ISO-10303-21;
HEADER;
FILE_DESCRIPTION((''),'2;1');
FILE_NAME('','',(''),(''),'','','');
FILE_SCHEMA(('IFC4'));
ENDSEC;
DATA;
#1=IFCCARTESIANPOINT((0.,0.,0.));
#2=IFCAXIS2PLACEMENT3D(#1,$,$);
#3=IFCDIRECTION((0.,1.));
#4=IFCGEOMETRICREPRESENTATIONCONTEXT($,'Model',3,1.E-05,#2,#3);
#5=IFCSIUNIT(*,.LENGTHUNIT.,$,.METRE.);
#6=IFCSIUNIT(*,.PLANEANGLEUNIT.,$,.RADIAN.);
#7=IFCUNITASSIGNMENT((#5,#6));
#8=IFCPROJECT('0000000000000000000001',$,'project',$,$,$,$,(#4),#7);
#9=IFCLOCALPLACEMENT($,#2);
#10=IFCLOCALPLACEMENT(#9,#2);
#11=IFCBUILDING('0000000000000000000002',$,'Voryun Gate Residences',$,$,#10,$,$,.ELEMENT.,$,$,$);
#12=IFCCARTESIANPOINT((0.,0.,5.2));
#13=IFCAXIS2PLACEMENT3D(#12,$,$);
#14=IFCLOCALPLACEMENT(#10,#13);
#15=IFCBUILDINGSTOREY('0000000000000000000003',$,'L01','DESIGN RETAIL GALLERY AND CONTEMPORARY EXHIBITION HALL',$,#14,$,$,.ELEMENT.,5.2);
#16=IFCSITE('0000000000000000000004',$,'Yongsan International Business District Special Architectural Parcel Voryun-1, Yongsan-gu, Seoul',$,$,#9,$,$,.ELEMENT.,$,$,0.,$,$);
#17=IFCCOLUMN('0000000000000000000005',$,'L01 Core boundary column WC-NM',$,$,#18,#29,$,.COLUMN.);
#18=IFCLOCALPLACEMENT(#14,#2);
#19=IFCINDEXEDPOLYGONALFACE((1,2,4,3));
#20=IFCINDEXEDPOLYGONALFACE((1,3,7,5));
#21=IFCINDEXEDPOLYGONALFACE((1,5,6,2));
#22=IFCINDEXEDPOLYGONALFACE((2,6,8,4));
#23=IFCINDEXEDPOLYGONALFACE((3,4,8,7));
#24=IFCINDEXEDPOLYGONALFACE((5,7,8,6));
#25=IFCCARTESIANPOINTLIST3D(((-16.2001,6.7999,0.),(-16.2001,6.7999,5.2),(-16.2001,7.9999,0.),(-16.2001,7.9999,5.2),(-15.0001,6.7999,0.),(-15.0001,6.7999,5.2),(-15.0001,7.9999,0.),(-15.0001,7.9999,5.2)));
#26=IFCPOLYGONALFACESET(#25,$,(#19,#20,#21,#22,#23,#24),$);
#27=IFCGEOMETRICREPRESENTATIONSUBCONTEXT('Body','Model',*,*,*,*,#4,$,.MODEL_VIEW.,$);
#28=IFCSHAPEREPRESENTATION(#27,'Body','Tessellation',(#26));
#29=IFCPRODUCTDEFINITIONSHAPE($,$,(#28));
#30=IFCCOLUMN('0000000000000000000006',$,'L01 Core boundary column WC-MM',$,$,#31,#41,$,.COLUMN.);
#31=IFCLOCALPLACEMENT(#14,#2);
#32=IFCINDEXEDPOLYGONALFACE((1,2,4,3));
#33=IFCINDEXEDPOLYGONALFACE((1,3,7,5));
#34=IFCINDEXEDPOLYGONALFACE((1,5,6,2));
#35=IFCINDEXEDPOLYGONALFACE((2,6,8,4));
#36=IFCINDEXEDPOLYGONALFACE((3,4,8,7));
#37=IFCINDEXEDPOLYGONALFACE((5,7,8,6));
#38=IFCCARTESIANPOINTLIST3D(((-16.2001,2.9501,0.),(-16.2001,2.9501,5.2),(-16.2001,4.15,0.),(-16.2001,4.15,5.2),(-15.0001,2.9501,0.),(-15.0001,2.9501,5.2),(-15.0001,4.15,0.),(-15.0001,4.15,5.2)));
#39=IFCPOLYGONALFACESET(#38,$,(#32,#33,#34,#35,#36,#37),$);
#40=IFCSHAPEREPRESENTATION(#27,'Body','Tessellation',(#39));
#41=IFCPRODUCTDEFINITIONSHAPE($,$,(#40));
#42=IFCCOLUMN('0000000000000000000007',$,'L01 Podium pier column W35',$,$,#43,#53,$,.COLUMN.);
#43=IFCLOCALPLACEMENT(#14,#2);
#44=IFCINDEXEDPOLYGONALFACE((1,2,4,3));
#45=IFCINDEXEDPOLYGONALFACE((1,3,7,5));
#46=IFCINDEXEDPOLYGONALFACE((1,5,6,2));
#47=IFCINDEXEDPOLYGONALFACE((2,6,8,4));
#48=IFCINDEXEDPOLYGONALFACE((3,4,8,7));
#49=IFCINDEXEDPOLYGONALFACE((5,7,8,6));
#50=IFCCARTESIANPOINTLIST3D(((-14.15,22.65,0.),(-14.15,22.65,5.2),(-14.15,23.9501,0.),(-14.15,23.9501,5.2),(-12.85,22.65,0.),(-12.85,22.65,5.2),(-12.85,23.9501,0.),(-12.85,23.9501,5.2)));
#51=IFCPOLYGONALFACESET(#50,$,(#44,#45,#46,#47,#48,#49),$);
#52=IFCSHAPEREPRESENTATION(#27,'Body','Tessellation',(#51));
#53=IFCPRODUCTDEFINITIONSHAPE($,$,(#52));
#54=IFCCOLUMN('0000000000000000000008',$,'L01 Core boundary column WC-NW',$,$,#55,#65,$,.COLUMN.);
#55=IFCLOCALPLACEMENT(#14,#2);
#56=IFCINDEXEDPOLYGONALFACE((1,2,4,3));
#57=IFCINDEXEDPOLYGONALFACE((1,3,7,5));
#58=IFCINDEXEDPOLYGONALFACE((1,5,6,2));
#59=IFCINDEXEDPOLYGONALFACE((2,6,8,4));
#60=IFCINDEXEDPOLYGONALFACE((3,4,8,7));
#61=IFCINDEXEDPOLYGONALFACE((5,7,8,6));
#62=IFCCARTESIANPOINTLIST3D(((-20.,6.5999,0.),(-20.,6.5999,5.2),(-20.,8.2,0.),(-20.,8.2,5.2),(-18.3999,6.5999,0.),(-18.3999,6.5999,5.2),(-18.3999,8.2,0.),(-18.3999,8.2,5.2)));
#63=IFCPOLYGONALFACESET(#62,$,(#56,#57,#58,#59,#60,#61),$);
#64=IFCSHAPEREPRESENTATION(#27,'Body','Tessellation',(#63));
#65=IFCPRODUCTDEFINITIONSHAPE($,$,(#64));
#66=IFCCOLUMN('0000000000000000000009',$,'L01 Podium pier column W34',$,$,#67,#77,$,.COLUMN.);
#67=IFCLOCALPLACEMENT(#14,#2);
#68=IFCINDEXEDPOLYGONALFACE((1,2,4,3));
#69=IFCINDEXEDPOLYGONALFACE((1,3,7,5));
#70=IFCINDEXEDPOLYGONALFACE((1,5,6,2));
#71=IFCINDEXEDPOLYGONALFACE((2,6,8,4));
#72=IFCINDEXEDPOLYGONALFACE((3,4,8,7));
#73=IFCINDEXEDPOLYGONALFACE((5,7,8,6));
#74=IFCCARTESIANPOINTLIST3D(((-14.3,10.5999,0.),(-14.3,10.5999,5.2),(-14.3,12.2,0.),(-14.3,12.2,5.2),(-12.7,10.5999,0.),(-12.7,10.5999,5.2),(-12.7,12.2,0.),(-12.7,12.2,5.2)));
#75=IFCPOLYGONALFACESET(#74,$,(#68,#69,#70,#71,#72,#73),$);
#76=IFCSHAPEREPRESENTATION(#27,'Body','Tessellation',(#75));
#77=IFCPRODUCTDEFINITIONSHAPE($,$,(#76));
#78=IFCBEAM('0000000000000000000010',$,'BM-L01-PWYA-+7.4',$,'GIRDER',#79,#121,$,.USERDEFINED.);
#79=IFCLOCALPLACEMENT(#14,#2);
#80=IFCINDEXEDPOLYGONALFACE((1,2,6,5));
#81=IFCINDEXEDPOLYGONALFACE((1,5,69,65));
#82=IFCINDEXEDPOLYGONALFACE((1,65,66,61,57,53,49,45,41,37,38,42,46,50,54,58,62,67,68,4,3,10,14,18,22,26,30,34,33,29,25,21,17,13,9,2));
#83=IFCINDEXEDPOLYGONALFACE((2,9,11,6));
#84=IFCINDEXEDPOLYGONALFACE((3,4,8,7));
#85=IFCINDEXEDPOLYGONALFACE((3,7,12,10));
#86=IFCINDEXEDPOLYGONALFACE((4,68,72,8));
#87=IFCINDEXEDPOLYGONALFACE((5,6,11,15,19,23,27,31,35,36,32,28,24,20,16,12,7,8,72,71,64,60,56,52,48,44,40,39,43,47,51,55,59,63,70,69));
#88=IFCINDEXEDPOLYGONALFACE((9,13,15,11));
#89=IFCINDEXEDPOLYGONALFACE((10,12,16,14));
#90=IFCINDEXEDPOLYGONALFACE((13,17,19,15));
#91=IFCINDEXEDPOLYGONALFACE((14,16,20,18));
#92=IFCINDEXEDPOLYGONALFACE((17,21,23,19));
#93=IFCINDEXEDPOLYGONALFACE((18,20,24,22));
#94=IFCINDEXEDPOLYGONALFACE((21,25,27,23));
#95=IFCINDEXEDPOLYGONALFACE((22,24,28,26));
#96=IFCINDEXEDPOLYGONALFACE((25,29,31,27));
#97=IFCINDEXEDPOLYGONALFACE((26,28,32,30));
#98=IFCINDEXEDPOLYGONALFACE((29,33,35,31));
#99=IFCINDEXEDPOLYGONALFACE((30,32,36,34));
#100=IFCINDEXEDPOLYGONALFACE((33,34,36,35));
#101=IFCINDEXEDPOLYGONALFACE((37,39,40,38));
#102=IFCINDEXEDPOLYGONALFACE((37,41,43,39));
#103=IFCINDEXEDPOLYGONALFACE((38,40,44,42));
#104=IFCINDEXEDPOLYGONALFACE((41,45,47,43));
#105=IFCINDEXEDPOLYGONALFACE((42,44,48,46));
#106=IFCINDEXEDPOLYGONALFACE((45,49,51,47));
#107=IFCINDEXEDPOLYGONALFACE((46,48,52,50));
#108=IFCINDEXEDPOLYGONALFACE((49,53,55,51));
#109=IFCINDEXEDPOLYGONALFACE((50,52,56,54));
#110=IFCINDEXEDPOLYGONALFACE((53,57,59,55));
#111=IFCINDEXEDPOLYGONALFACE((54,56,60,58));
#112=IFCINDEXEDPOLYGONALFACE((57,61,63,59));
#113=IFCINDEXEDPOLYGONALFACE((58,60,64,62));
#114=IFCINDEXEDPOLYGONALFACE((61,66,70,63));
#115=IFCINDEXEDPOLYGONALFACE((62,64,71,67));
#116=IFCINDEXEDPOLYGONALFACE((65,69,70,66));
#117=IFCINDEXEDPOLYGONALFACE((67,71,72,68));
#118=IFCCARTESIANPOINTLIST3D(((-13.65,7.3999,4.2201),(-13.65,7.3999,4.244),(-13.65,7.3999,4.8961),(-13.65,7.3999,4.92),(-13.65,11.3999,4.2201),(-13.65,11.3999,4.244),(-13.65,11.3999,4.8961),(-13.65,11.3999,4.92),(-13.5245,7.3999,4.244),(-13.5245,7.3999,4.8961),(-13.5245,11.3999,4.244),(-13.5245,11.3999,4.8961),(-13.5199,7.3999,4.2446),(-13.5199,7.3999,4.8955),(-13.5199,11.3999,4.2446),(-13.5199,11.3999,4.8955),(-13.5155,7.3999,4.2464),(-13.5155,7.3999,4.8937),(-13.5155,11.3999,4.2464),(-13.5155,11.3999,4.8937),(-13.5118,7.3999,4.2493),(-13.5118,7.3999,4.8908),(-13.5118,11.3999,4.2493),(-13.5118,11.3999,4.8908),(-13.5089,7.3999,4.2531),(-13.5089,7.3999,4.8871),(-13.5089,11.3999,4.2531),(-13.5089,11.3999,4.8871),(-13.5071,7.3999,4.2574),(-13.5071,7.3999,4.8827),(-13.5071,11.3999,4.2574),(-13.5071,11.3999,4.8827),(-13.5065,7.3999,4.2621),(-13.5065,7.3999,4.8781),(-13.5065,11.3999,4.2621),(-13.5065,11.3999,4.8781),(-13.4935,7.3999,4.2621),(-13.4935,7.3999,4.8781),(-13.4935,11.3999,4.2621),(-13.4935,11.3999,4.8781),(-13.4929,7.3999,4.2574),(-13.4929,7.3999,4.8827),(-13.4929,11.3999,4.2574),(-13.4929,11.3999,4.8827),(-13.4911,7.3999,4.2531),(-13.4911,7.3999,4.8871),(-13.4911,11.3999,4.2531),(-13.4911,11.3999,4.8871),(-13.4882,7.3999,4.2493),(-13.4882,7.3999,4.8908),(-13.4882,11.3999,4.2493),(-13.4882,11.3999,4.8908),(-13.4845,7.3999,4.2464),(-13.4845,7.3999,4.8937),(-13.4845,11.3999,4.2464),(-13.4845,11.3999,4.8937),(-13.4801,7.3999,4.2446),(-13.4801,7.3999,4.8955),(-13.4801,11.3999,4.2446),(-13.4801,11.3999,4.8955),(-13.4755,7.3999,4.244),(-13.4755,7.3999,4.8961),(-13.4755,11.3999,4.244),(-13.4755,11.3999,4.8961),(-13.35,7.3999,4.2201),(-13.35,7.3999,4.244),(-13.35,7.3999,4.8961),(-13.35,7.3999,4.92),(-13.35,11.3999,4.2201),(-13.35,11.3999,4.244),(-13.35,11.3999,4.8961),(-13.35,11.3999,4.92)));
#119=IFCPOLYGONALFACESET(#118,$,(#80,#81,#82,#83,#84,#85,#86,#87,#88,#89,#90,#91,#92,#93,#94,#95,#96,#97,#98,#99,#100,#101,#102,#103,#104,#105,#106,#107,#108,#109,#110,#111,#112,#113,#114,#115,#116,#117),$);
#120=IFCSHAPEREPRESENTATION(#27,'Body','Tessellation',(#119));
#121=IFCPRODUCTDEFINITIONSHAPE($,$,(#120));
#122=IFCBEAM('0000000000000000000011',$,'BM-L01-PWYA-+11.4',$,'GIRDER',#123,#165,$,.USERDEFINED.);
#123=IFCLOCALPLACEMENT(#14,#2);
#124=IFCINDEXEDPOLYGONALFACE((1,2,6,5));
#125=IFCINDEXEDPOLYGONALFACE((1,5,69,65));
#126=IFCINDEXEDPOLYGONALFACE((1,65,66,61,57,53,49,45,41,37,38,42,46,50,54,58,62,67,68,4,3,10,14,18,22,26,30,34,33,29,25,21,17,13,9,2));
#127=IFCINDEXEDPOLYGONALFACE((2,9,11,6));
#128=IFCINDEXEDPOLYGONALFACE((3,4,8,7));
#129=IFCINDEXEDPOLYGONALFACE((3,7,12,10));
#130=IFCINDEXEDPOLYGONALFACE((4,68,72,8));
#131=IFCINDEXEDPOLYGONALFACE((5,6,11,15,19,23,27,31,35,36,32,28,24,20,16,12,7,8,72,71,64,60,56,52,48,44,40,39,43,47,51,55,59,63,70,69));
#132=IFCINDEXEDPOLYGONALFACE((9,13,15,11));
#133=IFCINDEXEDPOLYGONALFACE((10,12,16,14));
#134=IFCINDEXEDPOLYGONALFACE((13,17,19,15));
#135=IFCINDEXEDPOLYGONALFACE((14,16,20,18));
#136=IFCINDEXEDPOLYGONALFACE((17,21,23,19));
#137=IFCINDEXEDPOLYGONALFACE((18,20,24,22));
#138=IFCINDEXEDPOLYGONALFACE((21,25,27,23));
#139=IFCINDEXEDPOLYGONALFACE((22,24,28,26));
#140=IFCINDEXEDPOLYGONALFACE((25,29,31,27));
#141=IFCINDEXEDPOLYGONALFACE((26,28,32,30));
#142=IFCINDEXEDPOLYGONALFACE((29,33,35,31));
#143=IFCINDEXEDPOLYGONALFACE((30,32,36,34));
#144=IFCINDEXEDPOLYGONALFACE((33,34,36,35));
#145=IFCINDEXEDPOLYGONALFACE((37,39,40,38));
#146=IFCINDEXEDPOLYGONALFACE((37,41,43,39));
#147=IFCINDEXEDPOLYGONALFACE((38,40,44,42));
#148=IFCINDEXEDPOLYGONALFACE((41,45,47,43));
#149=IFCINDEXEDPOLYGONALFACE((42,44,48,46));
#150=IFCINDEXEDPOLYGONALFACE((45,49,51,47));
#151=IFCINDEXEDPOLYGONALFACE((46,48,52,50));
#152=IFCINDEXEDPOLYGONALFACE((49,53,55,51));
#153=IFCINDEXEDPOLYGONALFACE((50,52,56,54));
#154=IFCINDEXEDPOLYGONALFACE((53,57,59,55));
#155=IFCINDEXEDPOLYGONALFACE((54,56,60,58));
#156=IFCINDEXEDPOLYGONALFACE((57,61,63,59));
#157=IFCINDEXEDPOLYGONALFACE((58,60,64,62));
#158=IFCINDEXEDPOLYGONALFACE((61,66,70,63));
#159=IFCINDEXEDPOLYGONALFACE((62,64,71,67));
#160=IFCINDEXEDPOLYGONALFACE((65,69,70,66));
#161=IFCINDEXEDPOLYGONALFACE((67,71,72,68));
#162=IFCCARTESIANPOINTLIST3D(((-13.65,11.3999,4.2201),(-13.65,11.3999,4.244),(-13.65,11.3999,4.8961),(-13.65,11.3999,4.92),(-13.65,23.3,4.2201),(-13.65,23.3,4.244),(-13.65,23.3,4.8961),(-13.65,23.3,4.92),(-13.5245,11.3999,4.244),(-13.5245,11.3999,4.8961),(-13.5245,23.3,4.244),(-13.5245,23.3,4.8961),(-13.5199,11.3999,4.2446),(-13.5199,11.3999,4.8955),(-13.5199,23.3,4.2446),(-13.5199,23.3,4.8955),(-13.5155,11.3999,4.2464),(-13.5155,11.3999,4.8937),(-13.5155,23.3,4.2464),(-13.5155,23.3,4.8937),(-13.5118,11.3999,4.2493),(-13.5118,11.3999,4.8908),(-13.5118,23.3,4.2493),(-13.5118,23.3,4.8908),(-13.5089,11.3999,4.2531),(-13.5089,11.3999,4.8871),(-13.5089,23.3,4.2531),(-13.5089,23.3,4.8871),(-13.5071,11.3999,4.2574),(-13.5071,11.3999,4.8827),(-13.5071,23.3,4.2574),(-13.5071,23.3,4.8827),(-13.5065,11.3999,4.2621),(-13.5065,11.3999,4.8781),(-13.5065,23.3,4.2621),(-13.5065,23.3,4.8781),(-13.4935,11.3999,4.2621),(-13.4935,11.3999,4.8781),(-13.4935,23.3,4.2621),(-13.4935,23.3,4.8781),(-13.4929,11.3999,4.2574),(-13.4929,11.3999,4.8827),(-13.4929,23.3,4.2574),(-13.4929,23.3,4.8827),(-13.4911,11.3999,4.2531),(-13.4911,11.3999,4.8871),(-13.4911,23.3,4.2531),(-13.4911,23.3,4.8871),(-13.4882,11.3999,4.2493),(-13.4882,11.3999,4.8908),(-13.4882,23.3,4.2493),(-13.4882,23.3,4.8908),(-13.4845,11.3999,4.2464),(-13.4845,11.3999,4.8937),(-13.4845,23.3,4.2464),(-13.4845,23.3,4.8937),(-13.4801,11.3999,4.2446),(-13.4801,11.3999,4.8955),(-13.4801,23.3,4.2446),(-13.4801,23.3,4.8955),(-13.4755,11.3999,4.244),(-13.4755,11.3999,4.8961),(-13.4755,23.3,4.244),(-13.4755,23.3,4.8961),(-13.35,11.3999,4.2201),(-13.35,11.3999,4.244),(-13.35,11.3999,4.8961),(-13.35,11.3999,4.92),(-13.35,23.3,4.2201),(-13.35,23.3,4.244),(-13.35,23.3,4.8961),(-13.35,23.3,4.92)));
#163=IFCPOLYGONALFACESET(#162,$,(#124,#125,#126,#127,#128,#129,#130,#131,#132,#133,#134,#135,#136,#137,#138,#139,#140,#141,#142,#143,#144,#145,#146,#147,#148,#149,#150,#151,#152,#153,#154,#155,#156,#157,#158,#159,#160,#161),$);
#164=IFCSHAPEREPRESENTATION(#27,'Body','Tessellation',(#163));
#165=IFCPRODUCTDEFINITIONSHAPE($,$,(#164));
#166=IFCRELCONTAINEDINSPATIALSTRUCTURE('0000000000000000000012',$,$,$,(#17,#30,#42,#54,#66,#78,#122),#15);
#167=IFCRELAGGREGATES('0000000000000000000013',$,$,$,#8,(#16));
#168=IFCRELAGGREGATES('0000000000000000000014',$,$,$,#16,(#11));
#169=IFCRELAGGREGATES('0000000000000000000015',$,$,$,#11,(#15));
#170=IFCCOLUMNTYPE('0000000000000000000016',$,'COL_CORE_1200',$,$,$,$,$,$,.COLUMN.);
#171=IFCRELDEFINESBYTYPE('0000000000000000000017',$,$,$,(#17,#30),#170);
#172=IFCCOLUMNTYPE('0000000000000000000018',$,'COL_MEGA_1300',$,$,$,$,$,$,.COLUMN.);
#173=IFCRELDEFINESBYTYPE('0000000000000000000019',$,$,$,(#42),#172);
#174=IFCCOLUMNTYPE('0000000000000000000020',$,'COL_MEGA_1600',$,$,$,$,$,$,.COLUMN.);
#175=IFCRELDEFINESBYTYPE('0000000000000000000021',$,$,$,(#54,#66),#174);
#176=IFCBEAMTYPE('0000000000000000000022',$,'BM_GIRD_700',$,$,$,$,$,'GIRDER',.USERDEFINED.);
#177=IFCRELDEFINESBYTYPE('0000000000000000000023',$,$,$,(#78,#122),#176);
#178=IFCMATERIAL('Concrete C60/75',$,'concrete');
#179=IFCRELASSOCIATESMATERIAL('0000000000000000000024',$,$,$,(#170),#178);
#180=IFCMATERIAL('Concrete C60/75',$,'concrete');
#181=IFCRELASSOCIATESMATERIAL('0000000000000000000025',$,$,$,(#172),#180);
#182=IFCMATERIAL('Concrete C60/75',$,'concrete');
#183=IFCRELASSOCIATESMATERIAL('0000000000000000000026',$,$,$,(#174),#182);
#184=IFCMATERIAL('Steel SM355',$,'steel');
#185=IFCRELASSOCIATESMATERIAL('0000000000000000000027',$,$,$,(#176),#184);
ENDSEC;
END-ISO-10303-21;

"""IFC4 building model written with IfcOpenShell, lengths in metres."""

from ifc_helpers import new_model, si_unit, direction, frame, origin, origin_2d, place, context, subcontext, project, spatial, rectangle, i_section, extrude, material, material_profile, profile_set, type_object, element, save


model = new_model("IFC4")

# Units and contexts
model_context = context("Model", 3, precision=1e-05, world=origin(), true_north=direction((0.0, 1.0)))
body_context = subcontext(model_context, "Body", "Model", "MODEL_VIEW")
ifc_project = project(units=[si_unit("LENGTHUNIT", "METRE"), si_unit("PLANEANGLEUNIT", "RADIAN")], contexts=[model_context])

# Site, building, storey
site_placement = place(None, origin())
site = spatial("IfcSite", under=ifc_project, at=site_placement, Name="Yongsan International Business District Special Architectural Parcel Voryun-1, Yongsan-gu, Seoul", CompositionType="ELEMENT", RefElevation=0.0)
building_placement = place(site_placement, origin())
building = spatial("IfcBuilding", under=site, at=building_placement, Name="Voryun Gate Residences", CompositionType="ELEMENT")
storey_placement = place(building_placement, frame((0.0, 0.0, 5.2)))
storey = spatial("IfcBuildingStorey", under=building, at=storey_placement, Name="L01", Description="DESIGN RETAIL GALLERY AND CONTEMPORARY EXHIBITION HALL", CompositionType="ELEMENT", Elevation=5.2)

# Columns
ifc_material_1 = material(Name="Concrete C60/75", Category="concrete")
ifc_material_profile_1 = material_profile(ifc_material_1, rectangle(XDim=1.2, YDim=1.2, at=origin_2d()), Name="RC-1200x1200")
ifc_profile_set_1 = profile_set([ifc_material_profile_1], Name="Concrete C60/75")
column_type_1 = type_object("IfcColumnType", Name="COL_CORE_1200", PredefinedType="COLUMN", material=ifc_profile_set_1)
for number, where, z_axis, x_axis, name in (
    (1, (-15.6001, 7.3999, 0.0), (0.0, 0.0, 1.0), (1.0, 0.0, 0.0), "L01 Core boundary column WC-NM"),
    (2, (-15.6001, 3.55, 0.0), (0.0, 0.0, 1.0), (1.0, 0.0, 0.0), "L01 Core boundary column WC-MM"),
):
    element("IfcColumn", number, at=place(storey_placement, frame(where, z_axis=z_axis, x_axis=x_axis)), inside=storey, type_object=column_type_1, Name=name, PredefinedType="COLUMN", context=body_context, shape_type="SweptSolid", body=[
        extrude(rectangle(XDim=1.2, YDim=1.2, at=origin_2d()), origin(), (0.0, 0.0, 1.0), 5.2),
    ])
ifc_material_2 = material(Name="Concrete C60/75", Category="concrete")
ifc_material_profile_2 = material_profile(ifc_material_2, rectangle(XDim=1.3, YDim=1.3, at=origin_2d()), Name="RC-1300x1300")
ifc_profile_set_2 = profile_set([ifc_material_profile_2], Name="Concrete C60/75")
column_type_2 = type_object("IfcColumnType", Name="COL_MEGA_1300", PredefinedType="COLUMN", material=ifc_profile_set_2)
column_placement = place(storey_placement, frame((-13.5, 23.3, 0.0), z_axis=(0.0, 0.0, 1.0), x_axis=(1.0, 0.0, 0.0)))
element("IfcColumn", 3, at=column_placement, inside=storey, type_object=column_type_2, Name="L01 Podium pier column W35", PredefinedType="COLUMN", context=body_context, shape_type="SweptSolid", body=[
    extrude(rectangle(XDim=1.3, YDim=1.3, at=origin_2d()), origin(), (0.0, 0.0, 1.0), 5.2),
])
ifc_material_3 = material(Name="Concrete C60/75", Category="concrete")
ifc_material_profile_3 = material_profile(ifc_material_3, rectangle(XDim=1.6001, YDim=1.6001, at=origin_2d()), Name="RC-1600x1600")
ifc_profile_set_3 = profile_set([ifc_material_profile_3], Name="Concrete C60/75")
column_type_3 = type_object("IfcColumnType", Name="COL_MEGA_1600", PredefinedType="COLUMN", material=ifc_profile_set_3)
for number, where, z_axis, x_axis, name in (
    (4, (-19.2, 7.3999, 0.0), (0.0, 0.0, 1.0), (1.0, 0.0, 0.0), "L01 Core boundary column WC-NW"),
    (5, (-13.5, 11.3999, 0.0), (0.0, 0.0, 1.0), (1.0, 0.0, 0.0), "L01 Podium pier column W34"),
):
    element("IfcColumn", number, at=place(storey_placement, frame(where, z_axis=z_axis, x_axis=x_axis)), inside=storey, type_object=column_type_3, Name=name, PredefinedType="COLUMN", context=body_context, shape_type="SweptSolid", body=[
        extrude(rectangle(XDim=1.6001, YDim=1.6001, at=origin_2d()), origin(), (0.0, 0.0, 1.0), 5.2),
    ])

# Beams
ifc_material_4 = material(Name="Steel SM355", Category="steel")
ifc_material_profile_4 = material_profile(ifc_material_4, i_section(OverallWidth=0.3, OverallDepth=0.7, WebThickness=0.0129, FlangeThickness=0.0239, FilletRadius=0.0181, at=origin_2d()), Name="H-700x300x13x24")
ifc_profile_set_4 = profile_set([ifc_material_profile_4], Name="Steel SM355")
beam_type = type_object("IfcBeamType", Name="BM_GIRD_700", ElementType="GIRDER", PredefinedType="USERDEFINED", material=ifc_profile_set_4)
beam_1_placement = place(storey_placement, frame((-13.5, 7.3999, 4.5701), z_axis=(0.0, 1.0, 0.0), x_axis=(-1.0, 0.0, 0.0)))
element("IfcBeam", 6, at=beam_1_placement, inside=storey, type_object=beam_type, Name="BM-L01-PWYA-+7.4", ObjectType="GIRDER", PredefinedType="USERDEFINED", context=body_context, shape_type="SweptSolid", body=[
    extrude(i_section(OverallWidth=0.3, OverallDepth=0.7, WebThickness=0.0129, FlangeThickness=0.0239, FilletRadius=0.0181, at=origin_2d()), origin(), (0.0, 0.0, 1.0), 4.0),
])
beam_2_placement = place(storey_placement, frame((-13.5, 11.3999, 4.5701), z_axis=(0.0, 1.0, 0.0), x_axis=(-1.0, 0.0, 0.0)))
element("IfcBeam", 7, at=beam_2_placement, inside=storey, type_object=beam_type, Name="BM-L01-PWYA-+11.4", ObjectType="GIRDER", PredefinedType="USERDEFINED", context=body_context, shape_type="SweptSolid", body=[
    extrude(i_section(OverallWidth=0.3, OverallDepth=0.7, WebThickness=0.0129, FlangeThickness=0.0239, FilletRadius=0.0181, at=origin_2d()), origin(), (0.0, 0.0, 1.0), 11.9001),
])

save(model, "model.ifc")
